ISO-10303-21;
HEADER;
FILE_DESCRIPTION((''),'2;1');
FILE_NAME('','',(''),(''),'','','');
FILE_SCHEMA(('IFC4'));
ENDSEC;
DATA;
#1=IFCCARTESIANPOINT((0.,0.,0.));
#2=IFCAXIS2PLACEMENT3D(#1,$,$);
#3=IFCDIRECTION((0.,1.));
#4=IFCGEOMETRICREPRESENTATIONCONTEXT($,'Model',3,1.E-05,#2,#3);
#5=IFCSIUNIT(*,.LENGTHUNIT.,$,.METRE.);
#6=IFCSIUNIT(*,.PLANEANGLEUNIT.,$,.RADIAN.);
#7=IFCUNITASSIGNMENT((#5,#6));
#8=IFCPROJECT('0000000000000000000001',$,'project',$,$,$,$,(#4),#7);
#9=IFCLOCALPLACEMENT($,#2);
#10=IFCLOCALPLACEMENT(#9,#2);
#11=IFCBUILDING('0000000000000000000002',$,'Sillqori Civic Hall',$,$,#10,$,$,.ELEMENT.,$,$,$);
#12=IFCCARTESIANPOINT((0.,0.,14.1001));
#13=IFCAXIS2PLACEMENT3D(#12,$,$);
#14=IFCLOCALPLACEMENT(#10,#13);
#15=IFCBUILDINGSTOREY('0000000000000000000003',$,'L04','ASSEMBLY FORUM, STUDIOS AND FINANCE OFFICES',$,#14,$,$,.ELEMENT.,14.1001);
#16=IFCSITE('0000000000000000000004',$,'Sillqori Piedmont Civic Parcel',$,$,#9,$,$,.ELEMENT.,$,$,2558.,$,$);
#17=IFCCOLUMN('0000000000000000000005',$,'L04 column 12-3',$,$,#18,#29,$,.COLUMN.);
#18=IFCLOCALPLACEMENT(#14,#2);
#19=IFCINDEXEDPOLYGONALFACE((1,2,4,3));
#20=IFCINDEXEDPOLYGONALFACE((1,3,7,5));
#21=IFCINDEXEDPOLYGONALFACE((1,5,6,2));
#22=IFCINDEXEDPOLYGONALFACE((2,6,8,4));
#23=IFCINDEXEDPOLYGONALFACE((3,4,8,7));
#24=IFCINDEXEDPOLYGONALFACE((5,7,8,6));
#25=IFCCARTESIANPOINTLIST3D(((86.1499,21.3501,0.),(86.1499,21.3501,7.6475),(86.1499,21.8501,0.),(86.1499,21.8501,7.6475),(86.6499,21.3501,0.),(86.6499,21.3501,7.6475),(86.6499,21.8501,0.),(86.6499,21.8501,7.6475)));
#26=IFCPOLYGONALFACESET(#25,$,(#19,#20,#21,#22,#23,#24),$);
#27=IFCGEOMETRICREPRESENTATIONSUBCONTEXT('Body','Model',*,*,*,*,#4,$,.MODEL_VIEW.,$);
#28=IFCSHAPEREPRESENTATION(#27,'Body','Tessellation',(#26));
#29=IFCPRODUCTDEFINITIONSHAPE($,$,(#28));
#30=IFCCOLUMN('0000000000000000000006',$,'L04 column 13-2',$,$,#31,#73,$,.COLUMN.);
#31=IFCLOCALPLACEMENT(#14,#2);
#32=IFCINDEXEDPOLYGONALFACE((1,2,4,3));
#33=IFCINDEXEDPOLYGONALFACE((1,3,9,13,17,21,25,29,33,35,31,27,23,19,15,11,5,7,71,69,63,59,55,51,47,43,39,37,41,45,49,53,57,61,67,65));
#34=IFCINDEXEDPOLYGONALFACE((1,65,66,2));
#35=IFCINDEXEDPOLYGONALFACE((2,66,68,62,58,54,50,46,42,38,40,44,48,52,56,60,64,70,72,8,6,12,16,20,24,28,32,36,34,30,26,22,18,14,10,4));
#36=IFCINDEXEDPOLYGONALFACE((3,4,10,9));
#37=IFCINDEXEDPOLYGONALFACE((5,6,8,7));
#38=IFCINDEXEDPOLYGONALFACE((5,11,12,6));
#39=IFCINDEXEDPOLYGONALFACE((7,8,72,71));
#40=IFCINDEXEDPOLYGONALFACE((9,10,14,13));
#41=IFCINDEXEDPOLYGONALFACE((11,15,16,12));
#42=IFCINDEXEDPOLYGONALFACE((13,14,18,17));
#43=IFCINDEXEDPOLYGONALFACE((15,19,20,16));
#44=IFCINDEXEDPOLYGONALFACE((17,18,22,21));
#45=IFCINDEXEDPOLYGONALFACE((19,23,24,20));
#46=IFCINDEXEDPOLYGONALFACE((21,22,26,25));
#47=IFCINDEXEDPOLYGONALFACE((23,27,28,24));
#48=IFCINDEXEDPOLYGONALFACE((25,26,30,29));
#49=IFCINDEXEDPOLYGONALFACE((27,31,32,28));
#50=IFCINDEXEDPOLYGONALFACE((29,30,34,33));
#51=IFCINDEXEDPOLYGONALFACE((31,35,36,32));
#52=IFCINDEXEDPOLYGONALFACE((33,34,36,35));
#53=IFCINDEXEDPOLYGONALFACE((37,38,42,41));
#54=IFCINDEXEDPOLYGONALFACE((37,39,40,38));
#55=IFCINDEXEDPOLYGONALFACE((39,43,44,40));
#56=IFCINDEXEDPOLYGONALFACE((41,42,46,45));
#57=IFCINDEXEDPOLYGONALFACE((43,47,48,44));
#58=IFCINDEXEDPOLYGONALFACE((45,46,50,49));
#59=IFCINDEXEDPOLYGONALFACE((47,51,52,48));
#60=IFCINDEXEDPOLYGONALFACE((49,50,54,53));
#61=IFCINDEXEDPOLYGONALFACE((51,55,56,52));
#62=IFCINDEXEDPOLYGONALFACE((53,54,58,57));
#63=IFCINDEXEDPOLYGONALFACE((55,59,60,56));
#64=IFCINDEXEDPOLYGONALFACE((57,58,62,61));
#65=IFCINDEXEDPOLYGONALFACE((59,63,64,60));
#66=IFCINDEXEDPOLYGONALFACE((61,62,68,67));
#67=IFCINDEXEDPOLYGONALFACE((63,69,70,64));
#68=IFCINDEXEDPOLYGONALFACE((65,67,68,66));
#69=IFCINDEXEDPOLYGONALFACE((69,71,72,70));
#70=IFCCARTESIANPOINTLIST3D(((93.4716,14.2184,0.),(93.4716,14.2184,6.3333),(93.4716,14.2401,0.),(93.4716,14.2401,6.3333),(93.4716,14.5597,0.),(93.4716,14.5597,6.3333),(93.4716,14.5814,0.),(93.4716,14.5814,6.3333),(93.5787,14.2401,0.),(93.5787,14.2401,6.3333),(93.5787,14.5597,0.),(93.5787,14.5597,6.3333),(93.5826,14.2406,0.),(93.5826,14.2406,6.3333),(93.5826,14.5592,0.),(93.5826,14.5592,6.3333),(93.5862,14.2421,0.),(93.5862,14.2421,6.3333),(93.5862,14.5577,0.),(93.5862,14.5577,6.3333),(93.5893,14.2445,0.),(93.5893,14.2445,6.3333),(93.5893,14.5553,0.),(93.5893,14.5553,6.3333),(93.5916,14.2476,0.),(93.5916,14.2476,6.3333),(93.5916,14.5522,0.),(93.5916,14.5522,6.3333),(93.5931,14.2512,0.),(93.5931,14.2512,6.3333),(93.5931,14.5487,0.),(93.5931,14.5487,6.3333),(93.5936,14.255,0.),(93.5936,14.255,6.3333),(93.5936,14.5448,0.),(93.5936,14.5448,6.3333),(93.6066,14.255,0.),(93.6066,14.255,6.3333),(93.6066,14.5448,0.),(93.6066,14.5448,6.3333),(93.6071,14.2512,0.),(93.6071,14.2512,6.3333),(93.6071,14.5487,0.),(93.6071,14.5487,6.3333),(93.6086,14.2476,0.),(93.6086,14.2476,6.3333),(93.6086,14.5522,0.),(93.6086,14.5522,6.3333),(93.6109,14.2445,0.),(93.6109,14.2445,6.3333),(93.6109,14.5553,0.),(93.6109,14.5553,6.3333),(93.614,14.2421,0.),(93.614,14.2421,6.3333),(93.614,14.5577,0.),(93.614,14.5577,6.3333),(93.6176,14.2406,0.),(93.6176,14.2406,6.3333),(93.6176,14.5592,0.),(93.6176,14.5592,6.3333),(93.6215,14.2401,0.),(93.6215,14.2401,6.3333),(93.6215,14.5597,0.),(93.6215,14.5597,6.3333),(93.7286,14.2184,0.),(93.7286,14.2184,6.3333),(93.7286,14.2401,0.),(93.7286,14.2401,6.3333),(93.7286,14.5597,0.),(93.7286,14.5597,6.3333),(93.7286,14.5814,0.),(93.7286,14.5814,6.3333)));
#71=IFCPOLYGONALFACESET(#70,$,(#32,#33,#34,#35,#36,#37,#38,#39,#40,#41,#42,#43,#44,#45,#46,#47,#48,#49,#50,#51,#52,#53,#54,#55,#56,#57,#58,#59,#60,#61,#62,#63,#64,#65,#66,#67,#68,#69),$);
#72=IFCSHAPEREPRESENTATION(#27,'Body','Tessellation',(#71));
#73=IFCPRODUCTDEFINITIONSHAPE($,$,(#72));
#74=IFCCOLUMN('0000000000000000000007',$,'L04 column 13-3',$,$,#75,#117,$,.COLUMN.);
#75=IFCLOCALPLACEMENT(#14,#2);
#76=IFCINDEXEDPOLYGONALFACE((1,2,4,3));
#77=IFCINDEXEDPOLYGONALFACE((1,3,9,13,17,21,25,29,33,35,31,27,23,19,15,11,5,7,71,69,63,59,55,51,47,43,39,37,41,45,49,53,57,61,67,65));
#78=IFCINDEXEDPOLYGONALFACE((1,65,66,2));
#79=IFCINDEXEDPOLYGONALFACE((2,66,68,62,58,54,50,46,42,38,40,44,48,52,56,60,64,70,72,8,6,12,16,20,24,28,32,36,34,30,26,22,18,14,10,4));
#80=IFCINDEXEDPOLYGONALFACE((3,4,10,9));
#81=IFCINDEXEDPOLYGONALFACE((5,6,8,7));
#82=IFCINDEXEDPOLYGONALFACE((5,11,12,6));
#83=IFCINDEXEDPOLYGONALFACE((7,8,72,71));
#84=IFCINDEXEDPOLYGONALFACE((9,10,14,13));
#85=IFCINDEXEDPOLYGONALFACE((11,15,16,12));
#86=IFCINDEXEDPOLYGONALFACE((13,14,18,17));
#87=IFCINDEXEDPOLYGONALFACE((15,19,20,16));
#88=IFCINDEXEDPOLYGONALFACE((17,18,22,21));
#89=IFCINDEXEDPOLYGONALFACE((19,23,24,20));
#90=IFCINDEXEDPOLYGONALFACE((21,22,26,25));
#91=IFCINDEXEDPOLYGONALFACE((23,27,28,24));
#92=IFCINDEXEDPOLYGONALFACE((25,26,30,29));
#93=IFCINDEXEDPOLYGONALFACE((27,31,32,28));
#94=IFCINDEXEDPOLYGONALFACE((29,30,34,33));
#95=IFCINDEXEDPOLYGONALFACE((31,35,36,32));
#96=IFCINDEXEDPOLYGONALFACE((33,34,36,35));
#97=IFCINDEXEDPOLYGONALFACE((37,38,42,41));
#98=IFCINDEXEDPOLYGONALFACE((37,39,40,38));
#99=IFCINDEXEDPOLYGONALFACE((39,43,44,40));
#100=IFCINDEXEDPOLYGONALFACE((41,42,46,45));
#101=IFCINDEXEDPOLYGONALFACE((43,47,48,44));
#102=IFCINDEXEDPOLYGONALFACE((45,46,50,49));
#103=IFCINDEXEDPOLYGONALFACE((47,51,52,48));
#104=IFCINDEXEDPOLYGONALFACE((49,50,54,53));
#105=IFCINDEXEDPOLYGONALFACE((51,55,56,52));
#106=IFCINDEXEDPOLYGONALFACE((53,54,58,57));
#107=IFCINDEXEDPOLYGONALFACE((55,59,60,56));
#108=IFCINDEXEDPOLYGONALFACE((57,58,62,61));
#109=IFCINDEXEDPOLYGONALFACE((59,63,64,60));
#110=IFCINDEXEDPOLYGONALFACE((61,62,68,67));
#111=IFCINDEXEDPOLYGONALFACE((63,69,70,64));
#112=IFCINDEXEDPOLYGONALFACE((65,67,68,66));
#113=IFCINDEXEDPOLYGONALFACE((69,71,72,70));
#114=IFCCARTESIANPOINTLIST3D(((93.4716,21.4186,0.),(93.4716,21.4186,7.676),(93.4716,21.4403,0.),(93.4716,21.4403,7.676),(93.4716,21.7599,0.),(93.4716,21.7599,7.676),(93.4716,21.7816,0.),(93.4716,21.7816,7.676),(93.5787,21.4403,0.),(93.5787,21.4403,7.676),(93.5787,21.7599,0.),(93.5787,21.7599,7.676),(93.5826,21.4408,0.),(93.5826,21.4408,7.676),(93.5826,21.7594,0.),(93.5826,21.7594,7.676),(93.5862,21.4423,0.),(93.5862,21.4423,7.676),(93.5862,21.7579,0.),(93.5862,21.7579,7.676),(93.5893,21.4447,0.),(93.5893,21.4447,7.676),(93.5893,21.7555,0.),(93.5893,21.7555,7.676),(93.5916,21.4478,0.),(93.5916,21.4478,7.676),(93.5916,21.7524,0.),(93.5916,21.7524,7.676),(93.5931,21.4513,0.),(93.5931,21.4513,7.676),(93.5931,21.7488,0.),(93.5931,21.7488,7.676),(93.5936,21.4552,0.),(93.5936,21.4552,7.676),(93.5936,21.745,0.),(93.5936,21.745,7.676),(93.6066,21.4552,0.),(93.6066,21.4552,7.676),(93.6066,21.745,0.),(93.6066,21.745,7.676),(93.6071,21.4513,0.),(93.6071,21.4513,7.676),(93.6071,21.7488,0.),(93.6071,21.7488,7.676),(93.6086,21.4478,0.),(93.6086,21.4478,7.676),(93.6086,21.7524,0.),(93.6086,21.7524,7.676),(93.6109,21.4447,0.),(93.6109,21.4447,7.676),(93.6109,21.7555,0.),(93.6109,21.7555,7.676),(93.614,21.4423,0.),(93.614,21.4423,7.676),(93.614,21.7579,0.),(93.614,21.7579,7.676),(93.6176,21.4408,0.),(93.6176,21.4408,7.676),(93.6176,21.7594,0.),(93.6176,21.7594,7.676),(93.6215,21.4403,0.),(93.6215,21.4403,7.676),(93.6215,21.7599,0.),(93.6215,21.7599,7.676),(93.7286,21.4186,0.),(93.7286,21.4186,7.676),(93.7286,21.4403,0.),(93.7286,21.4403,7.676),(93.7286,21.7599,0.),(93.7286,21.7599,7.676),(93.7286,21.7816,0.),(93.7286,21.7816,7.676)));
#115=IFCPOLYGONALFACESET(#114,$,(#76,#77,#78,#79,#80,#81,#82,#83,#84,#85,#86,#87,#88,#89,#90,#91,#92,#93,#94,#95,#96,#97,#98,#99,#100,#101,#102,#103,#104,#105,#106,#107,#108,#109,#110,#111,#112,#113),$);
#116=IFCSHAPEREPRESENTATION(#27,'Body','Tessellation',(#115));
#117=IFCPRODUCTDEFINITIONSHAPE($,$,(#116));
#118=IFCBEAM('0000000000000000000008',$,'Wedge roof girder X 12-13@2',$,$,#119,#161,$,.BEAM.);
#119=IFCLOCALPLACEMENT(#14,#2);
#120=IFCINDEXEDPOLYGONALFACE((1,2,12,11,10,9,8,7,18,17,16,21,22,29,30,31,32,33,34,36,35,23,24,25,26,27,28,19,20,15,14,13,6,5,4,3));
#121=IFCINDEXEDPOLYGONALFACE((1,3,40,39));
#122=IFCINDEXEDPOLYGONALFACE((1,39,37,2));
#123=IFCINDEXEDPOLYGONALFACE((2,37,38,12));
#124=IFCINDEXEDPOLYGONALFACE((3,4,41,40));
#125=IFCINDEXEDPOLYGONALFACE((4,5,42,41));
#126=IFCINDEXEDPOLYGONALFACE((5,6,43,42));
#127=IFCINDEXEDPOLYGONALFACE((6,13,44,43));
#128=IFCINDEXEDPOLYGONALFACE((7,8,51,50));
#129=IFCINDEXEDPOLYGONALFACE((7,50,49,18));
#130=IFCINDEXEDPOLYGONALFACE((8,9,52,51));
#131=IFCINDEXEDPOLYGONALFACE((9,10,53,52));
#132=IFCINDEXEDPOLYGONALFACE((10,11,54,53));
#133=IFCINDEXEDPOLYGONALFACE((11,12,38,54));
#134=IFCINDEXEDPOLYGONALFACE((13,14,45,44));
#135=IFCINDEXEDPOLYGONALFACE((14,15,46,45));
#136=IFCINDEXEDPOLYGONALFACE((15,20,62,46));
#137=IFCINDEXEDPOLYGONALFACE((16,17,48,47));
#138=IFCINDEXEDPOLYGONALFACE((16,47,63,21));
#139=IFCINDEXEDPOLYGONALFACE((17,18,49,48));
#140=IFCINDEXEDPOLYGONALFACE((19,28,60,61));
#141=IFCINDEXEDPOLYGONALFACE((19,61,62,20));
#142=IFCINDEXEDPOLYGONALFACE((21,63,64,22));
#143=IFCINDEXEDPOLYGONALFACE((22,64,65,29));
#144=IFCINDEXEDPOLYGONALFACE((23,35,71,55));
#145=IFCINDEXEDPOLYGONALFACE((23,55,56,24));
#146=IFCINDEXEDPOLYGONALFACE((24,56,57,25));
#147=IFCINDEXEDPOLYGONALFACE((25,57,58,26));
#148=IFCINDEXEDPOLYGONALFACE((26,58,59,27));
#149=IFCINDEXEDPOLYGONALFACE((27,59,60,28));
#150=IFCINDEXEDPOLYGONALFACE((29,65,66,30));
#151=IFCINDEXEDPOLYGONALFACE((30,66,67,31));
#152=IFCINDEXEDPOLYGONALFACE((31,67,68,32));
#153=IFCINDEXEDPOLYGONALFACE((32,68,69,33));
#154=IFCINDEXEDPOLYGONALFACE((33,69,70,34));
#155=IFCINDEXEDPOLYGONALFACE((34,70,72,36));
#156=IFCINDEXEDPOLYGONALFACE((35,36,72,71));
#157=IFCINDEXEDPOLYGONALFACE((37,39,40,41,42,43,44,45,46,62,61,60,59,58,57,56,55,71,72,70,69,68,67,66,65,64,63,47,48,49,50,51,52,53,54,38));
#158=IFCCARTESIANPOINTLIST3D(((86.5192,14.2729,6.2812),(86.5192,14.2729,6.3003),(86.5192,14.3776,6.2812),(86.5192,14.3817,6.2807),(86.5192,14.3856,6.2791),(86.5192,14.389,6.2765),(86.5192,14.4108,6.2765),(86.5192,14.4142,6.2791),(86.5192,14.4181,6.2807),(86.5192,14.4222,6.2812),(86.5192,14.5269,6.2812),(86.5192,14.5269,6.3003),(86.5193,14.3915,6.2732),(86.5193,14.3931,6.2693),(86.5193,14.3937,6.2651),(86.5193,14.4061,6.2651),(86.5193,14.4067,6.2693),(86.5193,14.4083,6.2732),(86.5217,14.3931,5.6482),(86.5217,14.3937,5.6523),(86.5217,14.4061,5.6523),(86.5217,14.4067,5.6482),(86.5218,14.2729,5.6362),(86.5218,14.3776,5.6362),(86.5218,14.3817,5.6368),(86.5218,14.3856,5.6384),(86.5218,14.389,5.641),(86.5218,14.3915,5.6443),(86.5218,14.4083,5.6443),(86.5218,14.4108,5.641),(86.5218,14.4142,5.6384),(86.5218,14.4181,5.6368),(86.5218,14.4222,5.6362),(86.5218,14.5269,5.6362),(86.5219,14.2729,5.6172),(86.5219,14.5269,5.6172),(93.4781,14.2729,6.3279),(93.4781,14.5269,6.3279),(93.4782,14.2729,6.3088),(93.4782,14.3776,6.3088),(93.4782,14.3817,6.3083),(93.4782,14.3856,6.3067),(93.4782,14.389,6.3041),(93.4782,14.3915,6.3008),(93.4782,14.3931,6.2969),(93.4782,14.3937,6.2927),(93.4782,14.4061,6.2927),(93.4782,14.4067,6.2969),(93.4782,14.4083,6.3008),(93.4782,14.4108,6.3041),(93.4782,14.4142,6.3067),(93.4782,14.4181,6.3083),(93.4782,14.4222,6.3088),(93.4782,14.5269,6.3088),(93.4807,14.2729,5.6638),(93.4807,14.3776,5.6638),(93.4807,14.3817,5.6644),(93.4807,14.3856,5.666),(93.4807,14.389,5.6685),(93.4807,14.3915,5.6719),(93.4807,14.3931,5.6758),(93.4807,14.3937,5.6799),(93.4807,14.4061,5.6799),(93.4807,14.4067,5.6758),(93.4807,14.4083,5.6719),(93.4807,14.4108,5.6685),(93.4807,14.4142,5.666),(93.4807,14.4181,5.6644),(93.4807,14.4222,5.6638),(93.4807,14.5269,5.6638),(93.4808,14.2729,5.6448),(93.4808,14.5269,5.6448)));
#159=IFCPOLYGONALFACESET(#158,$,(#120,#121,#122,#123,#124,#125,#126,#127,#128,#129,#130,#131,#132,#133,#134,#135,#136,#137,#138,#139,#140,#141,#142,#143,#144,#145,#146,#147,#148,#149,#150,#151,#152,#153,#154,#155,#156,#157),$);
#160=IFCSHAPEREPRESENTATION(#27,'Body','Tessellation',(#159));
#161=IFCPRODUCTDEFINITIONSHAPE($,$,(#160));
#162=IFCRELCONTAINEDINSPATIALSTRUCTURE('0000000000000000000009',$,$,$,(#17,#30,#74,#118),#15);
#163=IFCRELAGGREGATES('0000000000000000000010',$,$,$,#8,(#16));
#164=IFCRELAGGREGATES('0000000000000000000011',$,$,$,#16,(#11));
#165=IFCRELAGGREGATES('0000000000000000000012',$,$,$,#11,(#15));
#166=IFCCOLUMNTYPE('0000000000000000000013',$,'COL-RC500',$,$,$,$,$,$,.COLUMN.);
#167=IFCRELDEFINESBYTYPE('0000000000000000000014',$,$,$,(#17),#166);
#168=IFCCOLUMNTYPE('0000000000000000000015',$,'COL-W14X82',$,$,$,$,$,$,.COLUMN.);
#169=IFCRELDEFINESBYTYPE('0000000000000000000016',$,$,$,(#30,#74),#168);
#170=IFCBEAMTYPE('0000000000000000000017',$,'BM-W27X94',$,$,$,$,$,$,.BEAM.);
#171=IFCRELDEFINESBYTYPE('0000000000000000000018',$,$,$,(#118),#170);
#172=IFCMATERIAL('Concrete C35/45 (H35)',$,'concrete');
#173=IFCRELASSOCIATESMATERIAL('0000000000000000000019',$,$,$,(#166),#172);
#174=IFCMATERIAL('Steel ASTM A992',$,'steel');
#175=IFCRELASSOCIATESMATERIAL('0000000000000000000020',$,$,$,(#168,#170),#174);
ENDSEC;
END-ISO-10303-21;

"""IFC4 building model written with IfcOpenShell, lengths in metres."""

from ifc_helpers import new_model, si_unit, direction, frame, origin, origin_2d, place, context, subcontext, project, spatial, rectangle, i_section, extrude, material, material_profile, profile_set, type_object, element, save


model = new_model("IFC4")

# Units and contexts
model_context = context("Model", 3, precision=1e-05, world=origin(), true_north=direction((0.0, 1.0)))
body_context = subcontext(model_context, "Body", "Model", "MODEL_VIEW")
ifc_project = project(units=[si_unit("LENGTHUNIT", "METRE"), si_unit("PLANEANGLEUNIT", "RADIAN")], contexts=[model_context])

# Site, building, storey
site_placement = place(None, origin())
site = spatial("IfcSite", under=ifc_project, at=site_placement, Name="Sillqori Piedmont Civic Parcel", CompositionType="ELEMENT", RefElevation=2558.0)
building_placement = place(site_placement, origin())
building = spatial("IfcBuilding", under=site, at=building_placement, Name="Sillqori Civic Hall", CompositionType="ELEMENT")
storey_placement = place(building_placement, frame((0.0, 0.0, 14.1001)))
storey = spatial("IfcBuildingStorey", under=building, at=storey_placement, Name="L04", Description="ASSEMBLY FORUM, STUDIOS AND FINANCE OFFICES", CompositionType="ELEMENT", Elevation=14.1001)

# Columns
ifc_material_1 = material(Name="Concrete C35/45 (H35)", Category="concrete")
ifc_material_profile_1 = material_profile(ifc_material_1, rectangle(XDim=0.5, YDim=0.5, at=origin_2d()), Name="RC 500x500")
ifc_profile_set_1 = profile_set([ifc_material_profile_1], Name="Concrete C35/45 (H35)")
column_type_1 = type_object("IfcColumnType", Name="COL-RC500", PredefinedType="COLUMN", material=ifc_profile_set_1)
column_1_placement = place(storey_placement, frame((86.3999, 21.6001, 0.0), z_axis=(0.0, 0.0, 1.0), x_axis=(1.0, 0.0, 0.0)))
element("IfcColumn", 1, at=column_1_placement, inside=storey, type_object=column_type_1, Name="L04 column 12-3", PredefinedType="COLUMN", context=body_context, shape_type="SweptSolid", body=[
    extrude(rectangle(XDim=0.5, YDim=0.5, at=origin_2d()), origin(), (0.0, 0.0, 1.0), 7.6475),
])
ifc_material_2 = material(Name="Steel ASTM A992", Category="steel")
ifc_material_profile_2 = material_profile(ifc_material_2, i_section(OverallWidth=0.2571, OverallDepth=0.363, WebThickness=0.0129, FlangeThickness=0.0217, FilletRadius=0.0149, at=origin_2d()), Name="W14X82")
ifc_profile_set_2 = profile_set([ifc_material_profile_2], Name="Steel ASTM A992")
column_type_2 = type_object("IfcColumnType", Name="COL-W14X82", PredefinedType="COLUMN", material=ifc_profile_set_2)
column_2_placement = place(storey_placement, frame((93.6001, 14.3999, 0.0), z_axis=(0.0, 0.0, 1.0), x_axis=(1.0, 0.0, 0.0)))
element("IfcColumn", 2, at=column_2_placement, inside=storey, type_object=column_type_2, Name="L04 column 13-2", PredefinedType="COLUMN", context=body_context, shape_type="SweptSolid", body=[
    extrude(i_section(OverallWidth=0.2571, OverallDepth=0.363, WebThickness=0.0129, FlangeThickness=0.0217, FilletRadius=0.0149, at=origin_2d()), origin(), (0.0, 0.0, 1.0), 6.3333),
])
column_3_placement = place(storey_placement, frame((93.6001, 21.6001, 0.0), z_axis=(0.0, 0.0, 1.0), x_axis=(1.0, 0.0, 0.0)))
element("IfcColumn", 3, at=column_3_placement, inside=storey, type_object=column_type_2, Name="L04 column 13-3", PredefinedType="COLUMN", context=body_context, shape_type="SweptSolid", body=[
    extrude(i_section(OverallWidth=0.2571, OverallDepth=0.363, WebThickness=0.0129, FlangeThickness=0.0217, FilletRadius=0.0149, at=origin_2d()), origin(), (0.0, 0.0, 1.0), 7.676),
])

# Beam
ifc_material_profile_3 = material_profile(ifc_material_2, i_section(OverallWidth=0.2539, OverallDepth=0.6831, WebThickness=0.0125, FlangeThickness=0.019, FilletRadius=0.0161, at=origin_2d()), Name="W27X94")
ifc_profile_set_3 = profile_set([ifc_material_profile_3], Name="Steel ASTM A992")
beam_type_1 = type_object("IfcBeamType", Name="BM-W27X94", PredefinedType="BEAM", material=ifc_profile_set_3)
beam_1_placement = place(storey_placement, frame((86.5205, 14.3999, 5.9587), z_axis=(0.999992, 0.0, 0.003964), x_axis=(0.0, 1.0, 0.0)))
element("IfcBeam", 4, at=beam_1_placement, inside=storey, type_object=beam_type_1, Name="Wedge roof girder X 12-13@2", PredefinedType="BEAM", context=body_context, shape_type="SweptSolid", body=[
    extrude(i_section(OverallWidth=0.2539, OverallDepth=0.6831, WebThickness=0.0125, FlangeThickness=0.019, FilletRadius=0.0161, at=origin_2d()), origin(), (0.0, 0.0, 1.0), 6.959),
])

save(model, "model.ifc")
